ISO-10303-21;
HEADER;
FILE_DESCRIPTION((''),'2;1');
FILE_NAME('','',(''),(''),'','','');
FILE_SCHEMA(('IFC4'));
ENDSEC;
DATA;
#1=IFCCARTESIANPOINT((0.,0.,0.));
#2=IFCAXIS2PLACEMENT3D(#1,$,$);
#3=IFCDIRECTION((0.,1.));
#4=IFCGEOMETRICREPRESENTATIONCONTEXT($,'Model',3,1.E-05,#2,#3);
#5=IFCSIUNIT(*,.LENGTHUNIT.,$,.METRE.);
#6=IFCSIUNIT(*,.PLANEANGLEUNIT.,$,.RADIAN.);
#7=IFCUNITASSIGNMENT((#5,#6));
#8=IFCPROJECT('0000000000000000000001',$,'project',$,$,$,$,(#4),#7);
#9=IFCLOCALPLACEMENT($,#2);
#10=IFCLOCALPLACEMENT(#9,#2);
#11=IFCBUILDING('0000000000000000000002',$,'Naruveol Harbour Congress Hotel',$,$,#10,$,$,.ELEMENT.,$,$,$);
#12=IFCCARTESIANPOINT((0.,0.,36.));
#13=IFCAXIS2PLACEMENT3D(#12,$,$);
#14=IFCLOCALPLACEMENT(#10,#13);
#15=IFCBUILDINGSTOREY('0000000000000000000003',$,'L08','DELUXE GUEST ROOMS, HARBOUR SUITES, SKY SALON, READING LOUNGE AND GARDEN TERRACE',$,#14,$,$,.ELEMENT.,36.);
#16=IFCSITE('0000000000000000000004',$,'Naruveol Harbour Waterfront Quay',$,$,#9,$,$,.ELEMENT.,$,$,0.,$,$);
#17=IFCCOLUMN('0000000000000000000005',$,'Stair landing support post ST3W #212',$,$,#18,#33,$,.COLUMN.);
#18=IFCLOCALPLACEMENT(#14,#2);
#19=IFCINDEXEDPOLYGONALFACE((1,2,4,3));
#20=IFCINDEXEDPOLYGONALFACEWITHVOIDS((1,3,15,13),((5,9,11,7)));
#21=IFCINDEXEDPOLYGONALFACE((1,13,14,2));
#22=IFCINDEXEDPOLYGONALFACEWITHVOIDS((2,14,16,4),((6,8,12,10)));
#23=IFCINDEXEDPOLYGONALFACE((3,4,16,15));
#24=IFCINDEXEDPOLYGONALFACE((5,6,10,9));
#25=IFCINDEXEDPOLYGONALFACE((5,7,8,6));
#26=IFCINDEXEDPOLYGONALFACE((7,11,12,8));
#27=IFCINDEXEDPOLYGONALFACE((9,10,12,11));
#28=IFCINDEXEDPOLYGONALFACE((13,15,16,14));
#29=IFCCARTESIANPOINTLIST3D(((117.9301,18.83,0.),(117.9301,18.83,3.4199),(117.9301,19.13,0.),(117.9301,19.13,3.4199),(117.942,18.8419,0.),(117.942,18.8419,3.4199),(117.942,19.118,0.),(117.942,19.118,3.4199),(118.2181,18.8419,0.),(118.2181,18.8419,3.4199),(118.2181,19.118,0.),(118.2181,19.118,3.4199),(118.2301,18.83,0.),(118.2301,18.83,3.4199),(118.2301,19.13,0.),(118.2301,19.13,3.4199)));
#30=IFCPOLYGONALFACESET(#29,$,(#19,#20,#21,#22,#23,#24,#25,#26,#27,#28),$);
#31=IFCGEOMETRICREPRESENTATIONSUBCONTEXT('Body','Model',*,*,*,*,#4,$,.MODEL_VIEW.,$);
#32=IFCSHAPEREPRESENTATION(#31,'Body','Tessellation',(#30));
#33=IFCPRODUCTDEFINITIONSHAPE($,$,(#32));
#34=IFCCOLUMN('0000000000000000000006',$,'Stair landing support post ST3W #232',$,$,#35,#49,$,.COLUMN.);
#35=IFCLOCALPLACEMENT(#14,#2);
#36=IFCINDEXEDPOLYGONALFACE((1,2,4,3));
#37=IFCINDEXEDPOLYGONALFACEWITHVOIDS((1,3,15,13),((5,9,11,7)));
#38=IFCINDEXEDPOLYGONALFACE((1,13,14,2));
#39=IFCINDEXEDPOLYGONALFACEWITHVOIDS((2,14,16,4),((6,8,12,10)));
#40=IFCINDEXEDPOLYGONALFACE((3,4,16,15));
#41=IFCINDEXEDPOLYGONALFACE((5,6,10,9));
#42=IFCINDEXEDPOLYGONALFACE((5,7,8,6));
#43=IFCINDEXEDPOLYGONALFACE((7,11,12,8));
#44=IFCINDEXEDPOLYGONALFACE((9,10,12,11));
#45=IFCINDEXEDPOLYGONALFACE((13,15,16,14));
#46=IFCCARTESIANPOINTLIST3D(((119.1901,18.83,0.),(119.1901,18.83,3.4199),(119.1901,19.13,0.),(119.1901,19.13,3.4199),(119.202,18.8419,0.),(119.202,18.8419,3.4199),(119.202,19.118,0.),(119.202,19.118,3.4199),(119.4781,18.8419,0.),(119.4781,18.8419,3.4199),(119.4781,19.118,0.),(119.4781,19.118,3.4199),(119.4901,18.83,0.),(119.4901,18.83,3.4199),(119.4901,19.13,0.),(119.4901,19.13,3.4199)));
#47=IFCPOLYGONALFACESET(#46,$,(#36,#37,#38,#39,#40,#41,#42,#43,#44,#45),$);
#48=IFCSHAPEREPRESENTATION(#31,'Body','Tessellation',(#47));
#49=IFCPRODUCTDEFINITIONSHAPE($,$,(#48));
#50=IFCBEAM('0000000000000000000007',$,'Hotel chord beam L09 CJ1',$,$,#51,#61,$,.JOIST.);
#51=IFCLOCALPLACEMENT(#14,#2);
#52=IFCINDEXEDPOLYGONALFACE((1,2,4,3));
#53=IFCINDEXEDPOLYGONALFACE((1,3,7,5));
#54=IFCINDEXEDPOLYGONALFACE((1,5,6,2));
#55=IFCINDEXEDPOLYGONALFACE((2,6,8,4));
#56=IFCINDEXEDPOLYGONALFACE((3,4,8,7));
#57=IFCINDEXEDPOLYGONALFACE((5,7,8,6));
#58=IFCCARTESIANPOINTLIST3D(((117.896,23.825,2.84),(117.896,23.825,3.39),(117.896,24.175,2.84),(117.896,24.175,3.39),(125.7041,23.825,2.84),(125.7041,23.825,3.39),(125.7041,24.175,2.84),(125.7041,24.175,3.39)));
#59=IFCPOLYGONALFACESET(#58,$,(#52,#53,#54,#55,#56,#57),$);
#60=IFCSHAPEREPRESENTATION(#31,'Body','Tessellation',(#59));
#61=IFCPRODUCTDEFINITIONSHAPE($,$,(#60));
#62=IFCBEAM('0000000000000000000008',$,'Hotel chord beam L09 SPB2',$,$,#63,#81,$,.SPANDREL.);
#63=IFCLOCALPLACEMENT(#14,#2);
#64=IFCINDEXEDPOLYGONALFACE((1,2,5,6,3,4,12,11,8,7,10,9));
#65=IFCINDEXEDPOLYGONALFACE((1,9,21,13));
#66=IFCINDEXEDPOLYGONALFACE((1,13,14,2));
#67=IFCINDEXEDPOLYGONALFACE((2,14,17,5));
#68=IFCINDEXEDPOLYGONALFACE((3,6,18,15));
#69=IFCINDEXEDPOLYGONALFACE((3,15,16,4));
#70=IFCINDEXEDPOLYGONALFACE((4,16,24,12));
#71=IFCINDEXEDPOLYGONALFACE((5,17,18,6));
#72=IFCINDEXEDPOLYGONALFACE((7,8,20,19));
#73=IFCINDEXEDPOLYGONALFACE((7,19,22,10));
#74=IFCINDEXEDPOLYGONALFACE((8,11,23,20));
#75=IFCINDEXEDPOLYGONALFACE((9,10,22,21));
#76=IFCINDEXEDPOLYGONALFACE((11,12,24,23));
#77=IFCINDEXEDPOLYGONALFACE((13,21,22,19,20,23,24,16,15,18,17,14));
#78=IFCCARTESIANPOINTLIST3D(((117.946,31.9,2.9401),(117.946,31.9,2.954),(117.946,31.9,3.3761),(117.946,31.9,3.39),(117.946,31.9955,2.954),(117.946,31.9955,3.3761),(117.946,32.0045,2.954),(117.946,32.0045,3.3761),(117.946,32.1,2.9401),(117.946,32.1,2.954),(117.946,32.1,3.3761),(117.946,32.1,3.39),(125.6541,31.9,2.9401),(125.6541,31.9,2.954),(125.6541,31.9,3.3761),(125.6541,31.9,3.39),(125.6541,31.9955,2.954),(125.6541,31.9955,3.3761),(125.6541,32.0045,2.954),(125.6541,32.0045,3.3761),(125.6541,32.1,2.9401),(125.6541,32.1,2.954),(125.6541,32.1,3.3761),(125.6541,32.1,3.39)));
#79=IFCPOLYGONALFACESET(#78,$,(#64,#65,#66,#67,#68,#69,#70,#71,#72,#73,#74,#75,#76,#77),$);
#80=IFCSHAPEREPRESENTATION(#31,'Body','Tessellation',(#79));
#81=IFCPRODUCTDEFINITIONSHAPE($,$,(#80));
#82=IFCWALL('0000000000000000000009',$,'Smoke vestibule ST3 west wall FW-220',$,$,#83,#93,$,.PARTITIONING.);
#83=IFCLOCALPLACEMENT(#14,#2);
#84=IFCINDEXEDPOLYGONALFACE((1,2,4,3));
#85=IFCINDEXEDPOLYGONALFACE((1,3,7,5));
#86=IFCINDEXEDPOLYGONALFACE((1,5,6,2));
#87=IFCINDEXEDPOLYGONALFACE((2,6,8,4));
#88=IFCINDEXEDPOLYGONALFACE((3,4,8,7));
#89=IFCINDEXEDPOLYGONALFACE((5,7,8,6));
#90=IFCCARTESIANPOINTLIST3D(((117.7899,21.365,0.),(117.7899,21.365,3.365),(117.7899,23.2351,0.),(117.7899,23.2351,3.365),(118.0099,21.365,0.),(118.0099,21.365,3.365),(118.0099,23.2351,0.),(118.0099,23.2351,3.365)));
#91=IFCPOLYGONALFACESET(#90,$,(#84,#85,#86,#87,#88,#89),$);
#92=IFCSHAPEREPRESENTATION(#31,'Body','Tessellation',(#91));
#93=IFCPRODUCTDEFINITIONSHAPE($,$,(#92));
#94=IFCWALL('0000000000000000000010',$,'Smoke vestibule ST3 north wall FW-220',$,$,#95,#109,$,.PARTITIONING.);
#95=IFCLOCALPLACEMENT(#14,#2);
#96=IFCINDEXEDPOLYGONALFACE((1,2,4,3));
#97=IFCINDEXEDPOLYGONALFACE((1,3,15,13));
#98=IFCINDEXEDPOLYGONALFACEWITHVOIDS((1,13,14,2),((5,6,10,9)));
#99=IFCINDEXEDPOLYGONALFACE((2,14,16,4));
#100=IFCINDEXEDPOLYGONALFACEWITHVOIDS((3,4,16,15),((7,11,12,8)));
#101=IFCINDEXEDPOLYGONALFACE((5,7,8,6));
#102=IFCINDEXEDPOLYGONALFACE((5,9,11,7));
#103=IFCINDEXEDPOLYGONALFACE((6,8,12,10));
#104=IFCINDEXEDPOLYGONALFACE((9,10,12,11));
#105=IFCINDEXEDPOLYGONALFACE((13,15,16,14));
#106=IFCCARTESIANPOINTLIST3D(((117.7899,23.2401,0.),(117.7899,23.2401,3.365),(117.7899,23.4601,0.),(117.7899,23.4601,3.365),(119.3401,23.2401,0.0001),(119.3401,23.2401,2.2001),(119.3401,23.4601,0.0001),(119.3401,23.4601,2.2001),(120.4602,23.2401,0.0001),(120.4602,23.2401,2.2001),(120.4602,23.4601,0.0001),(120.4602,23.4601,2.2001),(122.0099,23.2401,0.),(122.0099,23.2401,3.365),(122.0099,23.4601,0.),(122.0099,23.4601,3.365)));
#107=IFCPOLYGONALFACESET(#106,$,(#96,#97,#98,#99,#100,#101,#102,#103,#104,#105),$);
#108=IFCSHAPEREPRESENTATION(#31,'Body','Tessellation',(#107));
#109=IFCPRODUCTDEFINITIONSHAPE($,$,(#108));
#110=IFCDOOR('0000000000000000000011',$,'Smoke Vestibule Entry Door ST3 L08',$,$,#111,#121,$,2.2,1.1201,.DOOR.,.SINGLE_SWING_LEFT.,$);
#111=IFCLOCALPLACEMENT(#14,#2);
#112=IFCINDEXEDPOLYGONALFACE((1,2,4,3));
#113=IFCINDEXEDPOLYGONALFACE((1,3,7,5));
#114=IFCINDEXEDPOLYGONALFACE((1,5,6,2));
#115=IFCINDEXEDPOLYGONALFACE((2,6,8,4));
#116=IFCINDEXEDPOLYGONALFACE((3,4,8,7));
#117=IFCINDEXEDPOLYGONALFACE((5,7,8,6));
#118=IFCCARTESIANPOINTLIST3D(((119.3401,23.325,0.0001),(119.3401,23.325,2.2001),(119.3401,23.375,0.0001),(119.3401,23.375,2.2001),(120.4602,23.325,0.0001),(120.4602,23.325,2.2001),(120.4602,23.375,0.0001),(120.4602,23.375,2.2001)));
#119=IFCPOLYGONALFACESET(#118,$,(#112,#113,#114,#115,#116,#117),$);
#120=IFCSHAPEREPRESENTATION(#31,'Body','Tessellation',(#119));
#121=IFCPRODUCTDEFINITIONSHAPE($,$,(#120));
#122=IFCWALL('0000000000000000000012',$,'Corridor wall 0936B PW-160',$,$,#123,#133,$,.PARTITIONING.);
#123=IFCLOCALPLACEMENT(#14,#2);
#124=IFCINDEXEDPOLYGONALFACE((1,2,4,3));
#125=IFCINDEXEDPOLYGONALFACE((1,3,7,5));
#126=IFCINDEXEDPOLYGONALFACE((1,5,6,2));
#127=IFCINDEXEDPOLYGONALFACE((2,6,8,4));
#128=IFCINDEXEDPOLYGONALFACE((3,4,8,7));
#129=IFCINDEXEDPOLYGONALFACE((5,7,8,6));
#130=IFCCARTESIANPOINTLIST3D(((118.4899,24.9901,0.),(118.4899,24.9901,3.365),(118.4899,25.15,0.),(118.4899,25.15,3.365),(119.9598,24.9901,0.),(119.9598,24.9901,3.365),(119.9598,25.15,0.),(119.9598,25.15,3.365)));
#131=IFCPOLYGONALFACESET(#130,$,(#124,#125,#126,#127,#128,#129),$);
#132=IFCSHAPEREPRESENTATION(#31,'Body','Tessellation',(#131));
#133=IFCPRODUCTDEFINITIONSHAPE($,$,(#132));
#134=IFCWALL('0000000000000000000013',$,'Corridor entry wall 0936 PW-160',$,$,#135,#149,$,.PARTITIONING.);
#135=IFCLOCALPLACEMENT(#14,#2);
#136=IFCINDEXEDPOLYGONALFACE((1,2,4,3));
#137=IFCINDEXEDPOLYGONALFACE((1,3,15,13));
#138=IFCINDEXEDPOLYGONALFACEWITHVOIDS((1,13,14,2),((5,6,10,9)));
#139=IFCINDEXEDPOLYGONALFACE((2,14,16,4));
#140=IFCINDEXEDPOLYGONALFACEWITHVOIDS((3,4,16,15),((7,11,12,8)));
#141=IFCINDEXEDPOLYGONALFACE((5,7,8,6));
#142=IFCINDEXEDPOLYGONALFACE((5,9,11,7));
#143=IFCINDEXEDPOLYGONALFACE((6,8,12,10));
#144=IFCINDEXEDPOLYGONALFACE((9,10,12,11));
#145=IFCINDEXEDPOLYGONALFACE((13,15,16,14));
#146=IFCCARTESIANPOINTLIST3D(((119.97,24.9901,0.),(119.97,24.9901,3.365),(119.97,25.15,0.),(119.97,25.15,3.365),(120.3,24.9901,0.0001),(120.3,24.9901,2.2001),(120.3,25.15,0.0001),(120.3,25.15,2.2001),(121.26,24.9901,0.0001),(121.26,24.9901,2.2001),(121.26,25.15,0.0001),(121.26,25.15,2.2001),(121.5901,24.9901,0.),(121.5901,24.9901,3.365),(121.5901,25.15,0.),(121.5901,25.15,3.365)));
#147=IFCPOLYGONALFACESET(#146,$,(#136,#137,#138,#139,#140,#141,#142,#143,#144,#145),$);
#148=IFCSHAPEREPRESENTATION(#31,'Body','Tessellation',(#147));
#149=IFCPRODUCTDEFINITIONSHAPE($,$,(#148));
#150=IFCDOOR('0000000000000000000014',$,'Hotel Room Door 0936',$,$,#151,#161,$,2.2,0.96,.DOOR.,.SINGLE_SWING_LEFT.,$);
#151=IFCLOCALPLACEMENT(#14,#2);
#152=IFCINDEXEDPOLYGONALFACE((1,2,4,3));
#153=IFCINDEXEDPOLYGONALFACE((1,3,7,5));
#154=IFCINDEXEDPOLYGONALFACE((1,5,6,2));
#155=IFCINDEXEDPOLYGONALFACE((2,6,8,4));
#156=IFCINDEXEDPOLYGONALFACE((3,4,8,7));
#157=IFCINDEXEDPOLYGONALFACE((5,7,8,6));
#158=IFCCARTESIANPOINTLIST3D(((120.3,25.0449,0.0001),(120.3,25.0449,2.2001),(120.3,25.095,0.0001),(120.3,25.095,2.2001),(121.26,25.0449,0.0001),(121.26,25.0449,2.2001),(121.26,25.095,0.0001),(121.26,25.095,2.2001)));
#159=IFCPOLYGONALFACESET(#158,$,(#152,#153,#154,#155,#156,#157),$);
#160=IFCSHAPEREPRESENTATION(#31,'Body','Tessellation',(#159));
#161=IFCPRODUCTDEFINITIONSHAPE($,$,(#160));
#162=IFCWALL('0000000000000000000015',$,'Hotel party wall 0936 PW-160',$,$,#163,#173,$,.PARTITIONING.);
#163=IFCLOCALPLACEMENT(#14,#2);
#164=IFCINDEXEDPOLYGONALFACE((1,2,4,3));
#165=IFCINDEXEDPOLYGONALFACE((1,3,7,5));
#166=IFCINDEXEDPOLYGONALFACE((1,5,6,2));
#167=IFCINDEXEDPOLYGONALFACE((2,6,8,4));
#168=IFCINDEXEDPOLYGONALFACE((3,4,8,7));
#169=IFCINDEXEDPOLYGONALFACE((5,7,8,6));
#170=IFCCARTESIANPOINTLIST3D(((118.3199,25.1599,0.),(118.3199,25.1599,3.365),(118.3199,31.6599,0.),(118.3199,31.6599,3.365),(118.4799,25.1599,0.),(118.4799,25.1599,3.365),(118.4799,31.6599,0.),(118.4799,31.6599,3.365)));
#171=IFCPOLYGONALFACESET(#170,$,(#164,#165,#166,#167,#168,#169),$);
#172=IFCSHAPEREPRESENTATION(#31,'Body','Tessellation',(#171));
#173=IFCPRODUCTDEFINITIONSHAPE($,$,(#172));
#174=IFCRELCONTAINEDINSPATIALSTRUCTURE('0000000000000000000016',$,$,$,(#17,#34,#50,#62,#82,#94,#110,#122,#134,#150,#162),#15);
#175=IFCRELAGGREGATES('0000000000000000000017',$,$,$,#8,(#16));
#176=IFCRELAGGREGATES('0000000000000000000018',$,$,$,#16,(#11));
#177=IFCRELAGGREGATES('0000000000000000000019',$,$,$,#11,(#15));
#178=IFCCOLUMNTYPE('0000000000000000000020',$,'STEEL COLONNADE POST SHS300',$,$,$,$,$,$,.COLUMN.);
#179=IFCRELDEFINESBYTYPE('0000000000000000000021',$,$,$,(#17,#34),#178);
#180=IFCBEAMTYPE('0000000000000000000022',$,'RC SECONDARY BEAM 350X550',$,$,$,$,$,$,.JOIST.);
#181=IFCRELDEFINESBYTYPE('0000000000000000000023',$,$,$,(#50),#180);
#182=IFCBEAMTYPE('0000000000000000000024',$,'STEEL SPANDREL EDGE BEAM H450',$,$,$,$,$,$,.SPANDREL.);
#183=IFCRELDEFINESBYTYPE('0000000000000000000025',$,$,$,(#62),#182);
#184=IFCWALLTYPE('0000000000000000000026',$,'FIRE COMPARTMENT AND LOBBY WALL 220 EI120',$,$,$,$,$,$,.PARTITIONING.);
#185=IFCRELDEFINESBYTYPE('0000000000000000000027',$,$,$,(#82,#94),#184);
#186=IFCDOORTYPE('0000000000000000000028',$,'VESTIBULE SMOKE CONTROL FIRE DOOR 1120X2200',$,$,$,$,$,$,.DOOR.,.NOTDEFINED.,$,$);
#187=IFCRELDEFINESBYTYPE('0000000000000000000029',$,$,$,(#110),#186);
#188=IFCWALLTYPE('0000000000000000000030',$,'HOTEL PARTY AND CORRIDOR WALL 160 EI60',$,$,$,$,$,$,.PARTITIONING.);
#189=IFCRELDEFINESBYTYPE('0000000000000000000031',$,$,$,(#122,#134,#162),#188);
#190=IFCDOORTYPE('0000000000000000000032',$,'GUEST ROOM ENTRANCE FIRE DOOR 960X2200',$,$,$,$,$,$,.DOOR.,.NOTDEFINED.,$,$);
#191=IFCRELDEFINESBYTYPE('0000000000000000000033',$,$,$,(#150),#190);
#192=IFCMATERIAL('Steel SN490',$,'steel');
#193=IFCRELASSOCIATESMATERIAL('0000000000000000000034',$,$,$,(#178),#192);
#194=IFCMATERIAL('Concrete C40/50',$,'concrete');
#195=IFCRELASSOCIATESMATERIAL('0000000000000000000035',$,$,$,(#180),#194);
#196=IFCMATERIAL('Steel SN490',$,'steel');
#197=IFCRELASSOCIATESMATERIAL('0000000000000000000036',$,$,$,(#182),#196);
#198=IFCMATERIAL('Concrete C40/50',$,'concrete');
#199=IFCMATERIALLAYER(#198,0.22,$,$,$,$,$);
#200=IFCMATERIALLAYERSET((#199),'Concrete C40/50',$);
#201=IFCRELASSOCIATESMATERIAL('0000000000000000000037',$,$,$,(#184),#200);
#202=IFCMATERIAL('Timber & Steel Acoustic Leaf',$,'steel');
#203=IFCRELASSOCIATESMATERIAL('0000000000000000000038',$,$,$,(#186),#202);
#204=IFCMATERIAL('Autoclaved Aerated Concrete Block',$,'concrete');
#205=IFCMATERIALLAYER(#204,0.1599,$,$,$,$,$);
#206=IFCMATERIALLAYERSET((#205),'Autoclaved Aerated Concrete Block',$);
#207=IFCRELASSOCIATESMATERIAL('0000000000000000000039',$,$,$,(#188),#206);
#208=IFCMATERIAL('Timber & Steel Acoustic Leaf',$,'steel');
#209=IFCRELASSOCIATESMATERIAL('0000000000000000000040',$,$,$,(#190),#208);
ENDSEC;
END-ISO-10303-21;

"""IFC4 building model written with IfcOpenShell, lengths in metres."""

from ifc_helpers import new_model, si_unit, direction, frame, frame_2d, origin, origin_2d, place, context, subcontext, project, spatial, rectangle, hollow_rectangle, i_section, extrude, material, layer, layer_set, material_profile, profile_set, type_object, element, fill, save


model = new_model("IFC4")

# Units and contexts
model_context = context("Model", 3, precision=1e-05, world=origin(), true_north=direction((0.0, 1.0)))
body_context = subcontext(model_context, "Body", "Model", "MODEL_VIEW")
ifc_project = project(units=[si_unit("LENGTHUNIT", "METRE"), si_unit("PLANEANGLEUNIT", "RADIAN")], contexts=[model_context])

# Site, building, storey
site_placement = place(None, origin())
site = spatial("IfcSite", under=ifc_project, at=site_placement, Name="Naruveol Harbour Waterfront Quay", CompositionType="ELEMENT", RefElevation=0.0)
building_placement = place(site_placement, origin())
building = spatial("IfcBuilding", under=site, at=building_placement, Name="Naruveol Harbour Congress Hotel", CompositionType="ELEMENT")
storey_placement = place(building_placement, frame((0.0, 0.0, 36.0)))
storey = spatial("IfcBuildingStorey", under=building, at=storey_placement, Name="L08", Description="DELUXE GUEST ROOMS, HARBOUR SUITES, SKY SALON, READING LOUNGE AND GARDEN TERRACE", CompositionType="ELEMENT", Elevation=36.0)

# Columns
ifc_material_1 = material(Name="Steel SN490", Category="steel")
ifc_material_profile_1 = material_profile(ifc_material_1, hollow_rectangle(XDim=0.3, YDim=0.3, WallThickness=0.012, at=origin_2d()), Name="SHS-300x300x12")
ifc_profile_set_1 = profile_set([ifc_material_profile_1], Name="Steel SN490")
column_type = type_object("IfcColumnType", Name="STEEL COLONNADE POST SHS300", PredefinedType="COLUMN", material=ifc_profile_set_1)
for number, where, z_axis, x_axis, name in (
    (1, (118.0801, 18.98, 0.0), (0.0, 0.0, 1.0), (1.0, 0.0, 0.0), "Stair landing support post ST3W #212"),
    (2, (119.3401, 18.98, 0.0), (0.0, 0.0, 1.0), (1.0, 0.0, 0.0), "Stair landing support post ST3W #232"),
):
    element("IfcColumn", number, at=place(storey_placement, frame(where, z_axis=z_axis, x_axis=x_axis)), inside=storey, type_object=column_type, Name=name, PredefinedType="COLUMN", context=body_context, shape_type="SweptSolid", body=[
        extrude(hollow_rectangle(XDim=0.3, YDim=0.3, WallThickness=0.012, at=origin_2d()), origin(), (0.0, 0.0, 1.0), 3.4199),
    ])

# Beams
ifc_material_2 = material(Name="Concrete C40/50", Category="concrete")
ifc_material_profile_2 = material_profile(ifc_material_2, rectangle(XDim=0.3501, YDim=0.55, at=origin_2d()), Name="RCB-350x550")
ifc_profile_set_2 = profile_set([ifc_material_profile_2], Name="Concrete C40/50")
beam_type_1 = type_object("IfcBeamType", Name="RC SECONDARY BEAM 350X550", PredefinedType="JOIST", material=ifc_profile_set_2)
beam_1_placement = place(storey_placement, frame((117.896, 24.0, 3.115), z_axis=(1.0, 0.0, 0.0), x_axis=(0.0, 1.0, 0.0)))
element("IfcBeam", 3, at=beam_1_placement, inside=storey, type_object=beam_type_1, Name="Hotel chord beam L09 CJ1", PredefinedType="JOIST", context=body_context, shape_type="SweptSolid", body=[
    extrude(rectangle(XDim=0.3501, YDim=0.55, at=origin_2d()), origin(), (0.0, 0.0, 1.0), 7.8081),
])
ifc_material_3 = material(Name="Steel SN490", Category="steel")
ifc_material_profile_3 = material_profile(ifc_material_3, i_section(OverallWidth=0.2, OverallDepth=0.45, WebThickness=0.009, FlangeThickness=0.0139, at=origin_2d()), Name="H-450x200x9x14")
ifc_profile_set_3 = profile_set([ifc_material_profile_3], Name="Steel SN490")
beam_type_2 = type_object("IfcBeamType", Name="STEEL SPANDREL EDGE BEAM H450", PredefinedType="SPANDREL", material=ifc_profile_set_3)
beam_2_placement = place(storey_placement, frame((117.946, 32.0, 3.165), z_axis=(1.0, 0.0, 0.0), x_axis=(0.0, 1.0, 0.0)))
element("IfcBeam", 4, at=beam_2_placement, inside=storey, type_object=beam_type_2, Name="Hotel chord beam L09 SPB2", PredefinedType="SPANDREL", context=body_context, shape_type="SweptSolid", body=[
    extrude(i_section(OverallWidth=0.2, OverallDepth=0.45, WebThickness=0.009, FlangeThickness=0.0139, at=origin_2d()), origin(), (0.0, 0.0, 1.0), 7.708),
])

# Wall
ifc_material_4 = material(Name="Concrete C40/50", Category="concrete")
ifc_layer_1 = layer(ifc_material_4, 0.22)
ifc_layer_set_1 = layer_set([ifc_layer_1], Name="Concrete C40/50")
wall_type_1 = type_object("IfcWallType", Name="FIRE COMPARTMENT AND LOBBY WALL 220 EI120", PredefinedType="PARTITIONING", material=ifc_layer_set_1)
wall_1_placement = place(storey_placement, frame((117.8999, 21.365, 0.0), z_axis=(0.0, 0.0, 1.0), x_axis=(0.0, 1.0, 0.0)))
element("IfcWall", 5, at=wall_1_placement, inside=storey, type_object=wall_type_1, Name="Smoke vestibule ST3 west wall FW-220", PredefinedType="PARTITIONING", context=body_context, shape_type="SweptSolid", body=[
    extrude(rectangle(XDim=1.8701, YDim=0.22, at=frame_2d((0.9351, 0.0))), origin(), (0.0, 0.0, 1.0), 3.365),
])

# Wall, opening, door
wall_2_placement = place(storey_placement, frame((117.79, 23.3501, 0.0), z_axis=(0.0, 0.0, 1.0), x_axis=(1.0, 0.0, 0.0)))
wall_2 = element("IfcWall", 6, at=wall_2_placement, inside=storey, type_object=wall_type_1, Name="Smoke vestibule ST3 north wall FW-220", PredefinedType="PARTITIONING", context=body_context, shape_type="SweptSolid", body=[
    extrude(rectangle(XDim=4.22, YDim=0.22, at=frame_2d((2.1099, 0.0))), origin(), (0.0, 0.0, 1.0), 3.365),
])
opening_1_placement = place(wall_2_placement, frame((1.55, 0.0, 0.0)))
opening_1 = element("IfcOpeningElement", 7, at=opening_1_placement, cuts=wall_2, PredefinedType="OPENING", context=body_context, shape_type="SweptSolid", body=[
    extrude(rectangle(XDim=1.1201, YDim=2.2, at=frame_2d((0.5601, 1.1001))), frame((0.0, 0.1199, 0.0), z_axis=(0.0, -1.0, 0.0), x_axis=(1.0, 0.0, 0.0)), (0.0, 0.0, 1.0), 0.24),
])
ifc_material_5 = material(Name="Timber & Steel Acoustic Leaf", Category="steel")
door_type_1 = type_object("IfcDoorType", Name="VESTIBULE SMOKE CONTROL FIRE DOOR 1120X2200", OperationType="NOTDEFINED", PredefinedType="DOOR", material=ifc_material_5)
door_1_placement = place(opening_1_placement, origin())
door_1 = element("IfcDoor", 8, at=door_1_placement, inside=storey, type_object=door_type_1, Name="Smoke Vestibule Entry Door ST3 L08", OperationType="SINGLE_SWING_LEFT", OverallHeight=2.2, OverallWidth=1.1201, PredefinedType="DOOR", context=body_context, shape_type="SweptSolid", body=[
    extrude(rectangle(XDim=1.1201, YDim=2.2, at=frame_2d((0.5601, 1.1001))), frame((0.0, 0.0249, 0.0), z_axis=(0.0, -1.0, 0.0), x_axis=(1.0, 0.0, 0.0)), (0.0, 0.0, 1.0), 0.05),
])
fill(opening_1, door_1)

# Wall
ifc_material_6 = material(Name="Autoclaved Aerated Concrete Block", Category="concrete")
ifc_layer_2 = layer(ifc_material_6, 0.1599)
ifc_layer_set_2 = layer_set([ifc_layer_2], Name="Autoclaved Aerated Concrete Block")
wall_type_2 = type_object("IfcWallType", Name="HOTEL PARTY AND CORRIDOR WALL 160 EI60", PredefinedType="PARTITIONING", material=ifc_layer_set_2)
wall_3_placement = place(storey_placement, frame((118.49, 25.0701, 0.0), z_axis=(0.0, 0.0, 1.0), x_axis=(1.0, 0.0, 0.0)))
element("IfcWall", 9, at=wall_3_placement, inside=storey, type_object=wall_type_2, Name="Corridor wall 0936B PW-160", PredefinedType="PARTITIONING", context=body_context, shape_type="SweptSolid", body=[
    extrude(rectangle(XDim=1.47, YDim=0.1599, at=frame_2d((0.7349, 0.0))), origin(), (0.0, 0.0, 1.0), 3.365),
])

# Wall, opening, door
wall_4_placement = place(storey_placement, frame((119.97, 25.0701, 0.0), z_axis=(0.0, 0.0, 1.0), x_axis=(1.0, 0.0, 0.0)))
wall_4 = element("IfcWall", 10, at=wall_4_placement, inside=storey, type_object=wall_type_2, Name="Corridor entry wall 0936 PW-160", PredefinedType="PARTITIONING", context=body_context, shape_type="SweptSolid", body=[
    extrude(rectangle(XDim=1.6201, YDim=0.1599, at=frame_2d((0.8101, 0.0))), origin(), (0.0, 0.0, 1.0), 3.365),
])
opening_2_placement = place(wall_4_placement, frame((0.3301, 0.0, 0.0)))
opening_2 = element("IfcOpeningElement", 11, at=opening_2_placement, cuts=wall_4, PredefinedType="OPENING", context=body_context, shape_type="SweptSolid", body=[
    extrude(rectangle(XDim=0.96, YDim=2.2, at=frame_2d((0.48, 1.1001))), frame((0.0, 0.0898, 0.0), z_axis=(0.0, -1.0, 0.0), x_axis=(1.0, 0.0, 0.0)), (0.0, 0.0, 1.0), 0.1799),
])
ifc_material_7 = material(Name="Timber & Steel Acoustic Leaf", Category="steel")
door_type_2 = type_object("IfcDoorType", Name="GUEST ROOM ENTRANCE FIRE DOOR 960X2200", OperationType="NOTDEFINED", PredefinedType="DOOR", material=ifc_material_7)
door_2_placement = place(opening_2_placement, origin())
door_2 = element("IfcDoor", 12, at=door_2_placement, inside=storey, type_object=door_type_2, Name="Hotel Room Door 0936", OperationType="SINGLE_SWING_LEFT", OverallHeight=2.2, OverallWidth=0.96, PredefinedType="DOOR", context=body_context, shape_type="SweptSolid", body=[
    extrude(rectangle(XDim=0.96, YDim=2.2, at=frame_2d((0.48, 1.1001))), frame((0.0, 0.0249, 0.0), z_axis=(0.0, -1.0, 0.0), x_axis=(1.0, 0.0, 0.0)), (0.0, 0.0, 1.0), 0.05),
])
fill(opening_2, door_2)

# Wall
wall_5_placement = place(storey_placement, frame((118.3999, 25.1599, 0.0), z_axis=(0.0, 0.0, 1.0), x_axis=(0.0, 1.0, 0.0)))
element("IfcWall", 13, at=wall_5_placement, inside=storey, type_object=wall_type_2, Name="Hotel party wall 0936 PW-160", PredefinedType="PARTITIONING", context=body_context, shape_type="SweptSolid", body=[
    extrude(rectangle(XDim=6.5, YDim=0.1599, at=frame_2d((3.25, 0.0))), origin(), (0.0, 0.0, 1.0), 3.365),
])

save(model, "model.ifc")
